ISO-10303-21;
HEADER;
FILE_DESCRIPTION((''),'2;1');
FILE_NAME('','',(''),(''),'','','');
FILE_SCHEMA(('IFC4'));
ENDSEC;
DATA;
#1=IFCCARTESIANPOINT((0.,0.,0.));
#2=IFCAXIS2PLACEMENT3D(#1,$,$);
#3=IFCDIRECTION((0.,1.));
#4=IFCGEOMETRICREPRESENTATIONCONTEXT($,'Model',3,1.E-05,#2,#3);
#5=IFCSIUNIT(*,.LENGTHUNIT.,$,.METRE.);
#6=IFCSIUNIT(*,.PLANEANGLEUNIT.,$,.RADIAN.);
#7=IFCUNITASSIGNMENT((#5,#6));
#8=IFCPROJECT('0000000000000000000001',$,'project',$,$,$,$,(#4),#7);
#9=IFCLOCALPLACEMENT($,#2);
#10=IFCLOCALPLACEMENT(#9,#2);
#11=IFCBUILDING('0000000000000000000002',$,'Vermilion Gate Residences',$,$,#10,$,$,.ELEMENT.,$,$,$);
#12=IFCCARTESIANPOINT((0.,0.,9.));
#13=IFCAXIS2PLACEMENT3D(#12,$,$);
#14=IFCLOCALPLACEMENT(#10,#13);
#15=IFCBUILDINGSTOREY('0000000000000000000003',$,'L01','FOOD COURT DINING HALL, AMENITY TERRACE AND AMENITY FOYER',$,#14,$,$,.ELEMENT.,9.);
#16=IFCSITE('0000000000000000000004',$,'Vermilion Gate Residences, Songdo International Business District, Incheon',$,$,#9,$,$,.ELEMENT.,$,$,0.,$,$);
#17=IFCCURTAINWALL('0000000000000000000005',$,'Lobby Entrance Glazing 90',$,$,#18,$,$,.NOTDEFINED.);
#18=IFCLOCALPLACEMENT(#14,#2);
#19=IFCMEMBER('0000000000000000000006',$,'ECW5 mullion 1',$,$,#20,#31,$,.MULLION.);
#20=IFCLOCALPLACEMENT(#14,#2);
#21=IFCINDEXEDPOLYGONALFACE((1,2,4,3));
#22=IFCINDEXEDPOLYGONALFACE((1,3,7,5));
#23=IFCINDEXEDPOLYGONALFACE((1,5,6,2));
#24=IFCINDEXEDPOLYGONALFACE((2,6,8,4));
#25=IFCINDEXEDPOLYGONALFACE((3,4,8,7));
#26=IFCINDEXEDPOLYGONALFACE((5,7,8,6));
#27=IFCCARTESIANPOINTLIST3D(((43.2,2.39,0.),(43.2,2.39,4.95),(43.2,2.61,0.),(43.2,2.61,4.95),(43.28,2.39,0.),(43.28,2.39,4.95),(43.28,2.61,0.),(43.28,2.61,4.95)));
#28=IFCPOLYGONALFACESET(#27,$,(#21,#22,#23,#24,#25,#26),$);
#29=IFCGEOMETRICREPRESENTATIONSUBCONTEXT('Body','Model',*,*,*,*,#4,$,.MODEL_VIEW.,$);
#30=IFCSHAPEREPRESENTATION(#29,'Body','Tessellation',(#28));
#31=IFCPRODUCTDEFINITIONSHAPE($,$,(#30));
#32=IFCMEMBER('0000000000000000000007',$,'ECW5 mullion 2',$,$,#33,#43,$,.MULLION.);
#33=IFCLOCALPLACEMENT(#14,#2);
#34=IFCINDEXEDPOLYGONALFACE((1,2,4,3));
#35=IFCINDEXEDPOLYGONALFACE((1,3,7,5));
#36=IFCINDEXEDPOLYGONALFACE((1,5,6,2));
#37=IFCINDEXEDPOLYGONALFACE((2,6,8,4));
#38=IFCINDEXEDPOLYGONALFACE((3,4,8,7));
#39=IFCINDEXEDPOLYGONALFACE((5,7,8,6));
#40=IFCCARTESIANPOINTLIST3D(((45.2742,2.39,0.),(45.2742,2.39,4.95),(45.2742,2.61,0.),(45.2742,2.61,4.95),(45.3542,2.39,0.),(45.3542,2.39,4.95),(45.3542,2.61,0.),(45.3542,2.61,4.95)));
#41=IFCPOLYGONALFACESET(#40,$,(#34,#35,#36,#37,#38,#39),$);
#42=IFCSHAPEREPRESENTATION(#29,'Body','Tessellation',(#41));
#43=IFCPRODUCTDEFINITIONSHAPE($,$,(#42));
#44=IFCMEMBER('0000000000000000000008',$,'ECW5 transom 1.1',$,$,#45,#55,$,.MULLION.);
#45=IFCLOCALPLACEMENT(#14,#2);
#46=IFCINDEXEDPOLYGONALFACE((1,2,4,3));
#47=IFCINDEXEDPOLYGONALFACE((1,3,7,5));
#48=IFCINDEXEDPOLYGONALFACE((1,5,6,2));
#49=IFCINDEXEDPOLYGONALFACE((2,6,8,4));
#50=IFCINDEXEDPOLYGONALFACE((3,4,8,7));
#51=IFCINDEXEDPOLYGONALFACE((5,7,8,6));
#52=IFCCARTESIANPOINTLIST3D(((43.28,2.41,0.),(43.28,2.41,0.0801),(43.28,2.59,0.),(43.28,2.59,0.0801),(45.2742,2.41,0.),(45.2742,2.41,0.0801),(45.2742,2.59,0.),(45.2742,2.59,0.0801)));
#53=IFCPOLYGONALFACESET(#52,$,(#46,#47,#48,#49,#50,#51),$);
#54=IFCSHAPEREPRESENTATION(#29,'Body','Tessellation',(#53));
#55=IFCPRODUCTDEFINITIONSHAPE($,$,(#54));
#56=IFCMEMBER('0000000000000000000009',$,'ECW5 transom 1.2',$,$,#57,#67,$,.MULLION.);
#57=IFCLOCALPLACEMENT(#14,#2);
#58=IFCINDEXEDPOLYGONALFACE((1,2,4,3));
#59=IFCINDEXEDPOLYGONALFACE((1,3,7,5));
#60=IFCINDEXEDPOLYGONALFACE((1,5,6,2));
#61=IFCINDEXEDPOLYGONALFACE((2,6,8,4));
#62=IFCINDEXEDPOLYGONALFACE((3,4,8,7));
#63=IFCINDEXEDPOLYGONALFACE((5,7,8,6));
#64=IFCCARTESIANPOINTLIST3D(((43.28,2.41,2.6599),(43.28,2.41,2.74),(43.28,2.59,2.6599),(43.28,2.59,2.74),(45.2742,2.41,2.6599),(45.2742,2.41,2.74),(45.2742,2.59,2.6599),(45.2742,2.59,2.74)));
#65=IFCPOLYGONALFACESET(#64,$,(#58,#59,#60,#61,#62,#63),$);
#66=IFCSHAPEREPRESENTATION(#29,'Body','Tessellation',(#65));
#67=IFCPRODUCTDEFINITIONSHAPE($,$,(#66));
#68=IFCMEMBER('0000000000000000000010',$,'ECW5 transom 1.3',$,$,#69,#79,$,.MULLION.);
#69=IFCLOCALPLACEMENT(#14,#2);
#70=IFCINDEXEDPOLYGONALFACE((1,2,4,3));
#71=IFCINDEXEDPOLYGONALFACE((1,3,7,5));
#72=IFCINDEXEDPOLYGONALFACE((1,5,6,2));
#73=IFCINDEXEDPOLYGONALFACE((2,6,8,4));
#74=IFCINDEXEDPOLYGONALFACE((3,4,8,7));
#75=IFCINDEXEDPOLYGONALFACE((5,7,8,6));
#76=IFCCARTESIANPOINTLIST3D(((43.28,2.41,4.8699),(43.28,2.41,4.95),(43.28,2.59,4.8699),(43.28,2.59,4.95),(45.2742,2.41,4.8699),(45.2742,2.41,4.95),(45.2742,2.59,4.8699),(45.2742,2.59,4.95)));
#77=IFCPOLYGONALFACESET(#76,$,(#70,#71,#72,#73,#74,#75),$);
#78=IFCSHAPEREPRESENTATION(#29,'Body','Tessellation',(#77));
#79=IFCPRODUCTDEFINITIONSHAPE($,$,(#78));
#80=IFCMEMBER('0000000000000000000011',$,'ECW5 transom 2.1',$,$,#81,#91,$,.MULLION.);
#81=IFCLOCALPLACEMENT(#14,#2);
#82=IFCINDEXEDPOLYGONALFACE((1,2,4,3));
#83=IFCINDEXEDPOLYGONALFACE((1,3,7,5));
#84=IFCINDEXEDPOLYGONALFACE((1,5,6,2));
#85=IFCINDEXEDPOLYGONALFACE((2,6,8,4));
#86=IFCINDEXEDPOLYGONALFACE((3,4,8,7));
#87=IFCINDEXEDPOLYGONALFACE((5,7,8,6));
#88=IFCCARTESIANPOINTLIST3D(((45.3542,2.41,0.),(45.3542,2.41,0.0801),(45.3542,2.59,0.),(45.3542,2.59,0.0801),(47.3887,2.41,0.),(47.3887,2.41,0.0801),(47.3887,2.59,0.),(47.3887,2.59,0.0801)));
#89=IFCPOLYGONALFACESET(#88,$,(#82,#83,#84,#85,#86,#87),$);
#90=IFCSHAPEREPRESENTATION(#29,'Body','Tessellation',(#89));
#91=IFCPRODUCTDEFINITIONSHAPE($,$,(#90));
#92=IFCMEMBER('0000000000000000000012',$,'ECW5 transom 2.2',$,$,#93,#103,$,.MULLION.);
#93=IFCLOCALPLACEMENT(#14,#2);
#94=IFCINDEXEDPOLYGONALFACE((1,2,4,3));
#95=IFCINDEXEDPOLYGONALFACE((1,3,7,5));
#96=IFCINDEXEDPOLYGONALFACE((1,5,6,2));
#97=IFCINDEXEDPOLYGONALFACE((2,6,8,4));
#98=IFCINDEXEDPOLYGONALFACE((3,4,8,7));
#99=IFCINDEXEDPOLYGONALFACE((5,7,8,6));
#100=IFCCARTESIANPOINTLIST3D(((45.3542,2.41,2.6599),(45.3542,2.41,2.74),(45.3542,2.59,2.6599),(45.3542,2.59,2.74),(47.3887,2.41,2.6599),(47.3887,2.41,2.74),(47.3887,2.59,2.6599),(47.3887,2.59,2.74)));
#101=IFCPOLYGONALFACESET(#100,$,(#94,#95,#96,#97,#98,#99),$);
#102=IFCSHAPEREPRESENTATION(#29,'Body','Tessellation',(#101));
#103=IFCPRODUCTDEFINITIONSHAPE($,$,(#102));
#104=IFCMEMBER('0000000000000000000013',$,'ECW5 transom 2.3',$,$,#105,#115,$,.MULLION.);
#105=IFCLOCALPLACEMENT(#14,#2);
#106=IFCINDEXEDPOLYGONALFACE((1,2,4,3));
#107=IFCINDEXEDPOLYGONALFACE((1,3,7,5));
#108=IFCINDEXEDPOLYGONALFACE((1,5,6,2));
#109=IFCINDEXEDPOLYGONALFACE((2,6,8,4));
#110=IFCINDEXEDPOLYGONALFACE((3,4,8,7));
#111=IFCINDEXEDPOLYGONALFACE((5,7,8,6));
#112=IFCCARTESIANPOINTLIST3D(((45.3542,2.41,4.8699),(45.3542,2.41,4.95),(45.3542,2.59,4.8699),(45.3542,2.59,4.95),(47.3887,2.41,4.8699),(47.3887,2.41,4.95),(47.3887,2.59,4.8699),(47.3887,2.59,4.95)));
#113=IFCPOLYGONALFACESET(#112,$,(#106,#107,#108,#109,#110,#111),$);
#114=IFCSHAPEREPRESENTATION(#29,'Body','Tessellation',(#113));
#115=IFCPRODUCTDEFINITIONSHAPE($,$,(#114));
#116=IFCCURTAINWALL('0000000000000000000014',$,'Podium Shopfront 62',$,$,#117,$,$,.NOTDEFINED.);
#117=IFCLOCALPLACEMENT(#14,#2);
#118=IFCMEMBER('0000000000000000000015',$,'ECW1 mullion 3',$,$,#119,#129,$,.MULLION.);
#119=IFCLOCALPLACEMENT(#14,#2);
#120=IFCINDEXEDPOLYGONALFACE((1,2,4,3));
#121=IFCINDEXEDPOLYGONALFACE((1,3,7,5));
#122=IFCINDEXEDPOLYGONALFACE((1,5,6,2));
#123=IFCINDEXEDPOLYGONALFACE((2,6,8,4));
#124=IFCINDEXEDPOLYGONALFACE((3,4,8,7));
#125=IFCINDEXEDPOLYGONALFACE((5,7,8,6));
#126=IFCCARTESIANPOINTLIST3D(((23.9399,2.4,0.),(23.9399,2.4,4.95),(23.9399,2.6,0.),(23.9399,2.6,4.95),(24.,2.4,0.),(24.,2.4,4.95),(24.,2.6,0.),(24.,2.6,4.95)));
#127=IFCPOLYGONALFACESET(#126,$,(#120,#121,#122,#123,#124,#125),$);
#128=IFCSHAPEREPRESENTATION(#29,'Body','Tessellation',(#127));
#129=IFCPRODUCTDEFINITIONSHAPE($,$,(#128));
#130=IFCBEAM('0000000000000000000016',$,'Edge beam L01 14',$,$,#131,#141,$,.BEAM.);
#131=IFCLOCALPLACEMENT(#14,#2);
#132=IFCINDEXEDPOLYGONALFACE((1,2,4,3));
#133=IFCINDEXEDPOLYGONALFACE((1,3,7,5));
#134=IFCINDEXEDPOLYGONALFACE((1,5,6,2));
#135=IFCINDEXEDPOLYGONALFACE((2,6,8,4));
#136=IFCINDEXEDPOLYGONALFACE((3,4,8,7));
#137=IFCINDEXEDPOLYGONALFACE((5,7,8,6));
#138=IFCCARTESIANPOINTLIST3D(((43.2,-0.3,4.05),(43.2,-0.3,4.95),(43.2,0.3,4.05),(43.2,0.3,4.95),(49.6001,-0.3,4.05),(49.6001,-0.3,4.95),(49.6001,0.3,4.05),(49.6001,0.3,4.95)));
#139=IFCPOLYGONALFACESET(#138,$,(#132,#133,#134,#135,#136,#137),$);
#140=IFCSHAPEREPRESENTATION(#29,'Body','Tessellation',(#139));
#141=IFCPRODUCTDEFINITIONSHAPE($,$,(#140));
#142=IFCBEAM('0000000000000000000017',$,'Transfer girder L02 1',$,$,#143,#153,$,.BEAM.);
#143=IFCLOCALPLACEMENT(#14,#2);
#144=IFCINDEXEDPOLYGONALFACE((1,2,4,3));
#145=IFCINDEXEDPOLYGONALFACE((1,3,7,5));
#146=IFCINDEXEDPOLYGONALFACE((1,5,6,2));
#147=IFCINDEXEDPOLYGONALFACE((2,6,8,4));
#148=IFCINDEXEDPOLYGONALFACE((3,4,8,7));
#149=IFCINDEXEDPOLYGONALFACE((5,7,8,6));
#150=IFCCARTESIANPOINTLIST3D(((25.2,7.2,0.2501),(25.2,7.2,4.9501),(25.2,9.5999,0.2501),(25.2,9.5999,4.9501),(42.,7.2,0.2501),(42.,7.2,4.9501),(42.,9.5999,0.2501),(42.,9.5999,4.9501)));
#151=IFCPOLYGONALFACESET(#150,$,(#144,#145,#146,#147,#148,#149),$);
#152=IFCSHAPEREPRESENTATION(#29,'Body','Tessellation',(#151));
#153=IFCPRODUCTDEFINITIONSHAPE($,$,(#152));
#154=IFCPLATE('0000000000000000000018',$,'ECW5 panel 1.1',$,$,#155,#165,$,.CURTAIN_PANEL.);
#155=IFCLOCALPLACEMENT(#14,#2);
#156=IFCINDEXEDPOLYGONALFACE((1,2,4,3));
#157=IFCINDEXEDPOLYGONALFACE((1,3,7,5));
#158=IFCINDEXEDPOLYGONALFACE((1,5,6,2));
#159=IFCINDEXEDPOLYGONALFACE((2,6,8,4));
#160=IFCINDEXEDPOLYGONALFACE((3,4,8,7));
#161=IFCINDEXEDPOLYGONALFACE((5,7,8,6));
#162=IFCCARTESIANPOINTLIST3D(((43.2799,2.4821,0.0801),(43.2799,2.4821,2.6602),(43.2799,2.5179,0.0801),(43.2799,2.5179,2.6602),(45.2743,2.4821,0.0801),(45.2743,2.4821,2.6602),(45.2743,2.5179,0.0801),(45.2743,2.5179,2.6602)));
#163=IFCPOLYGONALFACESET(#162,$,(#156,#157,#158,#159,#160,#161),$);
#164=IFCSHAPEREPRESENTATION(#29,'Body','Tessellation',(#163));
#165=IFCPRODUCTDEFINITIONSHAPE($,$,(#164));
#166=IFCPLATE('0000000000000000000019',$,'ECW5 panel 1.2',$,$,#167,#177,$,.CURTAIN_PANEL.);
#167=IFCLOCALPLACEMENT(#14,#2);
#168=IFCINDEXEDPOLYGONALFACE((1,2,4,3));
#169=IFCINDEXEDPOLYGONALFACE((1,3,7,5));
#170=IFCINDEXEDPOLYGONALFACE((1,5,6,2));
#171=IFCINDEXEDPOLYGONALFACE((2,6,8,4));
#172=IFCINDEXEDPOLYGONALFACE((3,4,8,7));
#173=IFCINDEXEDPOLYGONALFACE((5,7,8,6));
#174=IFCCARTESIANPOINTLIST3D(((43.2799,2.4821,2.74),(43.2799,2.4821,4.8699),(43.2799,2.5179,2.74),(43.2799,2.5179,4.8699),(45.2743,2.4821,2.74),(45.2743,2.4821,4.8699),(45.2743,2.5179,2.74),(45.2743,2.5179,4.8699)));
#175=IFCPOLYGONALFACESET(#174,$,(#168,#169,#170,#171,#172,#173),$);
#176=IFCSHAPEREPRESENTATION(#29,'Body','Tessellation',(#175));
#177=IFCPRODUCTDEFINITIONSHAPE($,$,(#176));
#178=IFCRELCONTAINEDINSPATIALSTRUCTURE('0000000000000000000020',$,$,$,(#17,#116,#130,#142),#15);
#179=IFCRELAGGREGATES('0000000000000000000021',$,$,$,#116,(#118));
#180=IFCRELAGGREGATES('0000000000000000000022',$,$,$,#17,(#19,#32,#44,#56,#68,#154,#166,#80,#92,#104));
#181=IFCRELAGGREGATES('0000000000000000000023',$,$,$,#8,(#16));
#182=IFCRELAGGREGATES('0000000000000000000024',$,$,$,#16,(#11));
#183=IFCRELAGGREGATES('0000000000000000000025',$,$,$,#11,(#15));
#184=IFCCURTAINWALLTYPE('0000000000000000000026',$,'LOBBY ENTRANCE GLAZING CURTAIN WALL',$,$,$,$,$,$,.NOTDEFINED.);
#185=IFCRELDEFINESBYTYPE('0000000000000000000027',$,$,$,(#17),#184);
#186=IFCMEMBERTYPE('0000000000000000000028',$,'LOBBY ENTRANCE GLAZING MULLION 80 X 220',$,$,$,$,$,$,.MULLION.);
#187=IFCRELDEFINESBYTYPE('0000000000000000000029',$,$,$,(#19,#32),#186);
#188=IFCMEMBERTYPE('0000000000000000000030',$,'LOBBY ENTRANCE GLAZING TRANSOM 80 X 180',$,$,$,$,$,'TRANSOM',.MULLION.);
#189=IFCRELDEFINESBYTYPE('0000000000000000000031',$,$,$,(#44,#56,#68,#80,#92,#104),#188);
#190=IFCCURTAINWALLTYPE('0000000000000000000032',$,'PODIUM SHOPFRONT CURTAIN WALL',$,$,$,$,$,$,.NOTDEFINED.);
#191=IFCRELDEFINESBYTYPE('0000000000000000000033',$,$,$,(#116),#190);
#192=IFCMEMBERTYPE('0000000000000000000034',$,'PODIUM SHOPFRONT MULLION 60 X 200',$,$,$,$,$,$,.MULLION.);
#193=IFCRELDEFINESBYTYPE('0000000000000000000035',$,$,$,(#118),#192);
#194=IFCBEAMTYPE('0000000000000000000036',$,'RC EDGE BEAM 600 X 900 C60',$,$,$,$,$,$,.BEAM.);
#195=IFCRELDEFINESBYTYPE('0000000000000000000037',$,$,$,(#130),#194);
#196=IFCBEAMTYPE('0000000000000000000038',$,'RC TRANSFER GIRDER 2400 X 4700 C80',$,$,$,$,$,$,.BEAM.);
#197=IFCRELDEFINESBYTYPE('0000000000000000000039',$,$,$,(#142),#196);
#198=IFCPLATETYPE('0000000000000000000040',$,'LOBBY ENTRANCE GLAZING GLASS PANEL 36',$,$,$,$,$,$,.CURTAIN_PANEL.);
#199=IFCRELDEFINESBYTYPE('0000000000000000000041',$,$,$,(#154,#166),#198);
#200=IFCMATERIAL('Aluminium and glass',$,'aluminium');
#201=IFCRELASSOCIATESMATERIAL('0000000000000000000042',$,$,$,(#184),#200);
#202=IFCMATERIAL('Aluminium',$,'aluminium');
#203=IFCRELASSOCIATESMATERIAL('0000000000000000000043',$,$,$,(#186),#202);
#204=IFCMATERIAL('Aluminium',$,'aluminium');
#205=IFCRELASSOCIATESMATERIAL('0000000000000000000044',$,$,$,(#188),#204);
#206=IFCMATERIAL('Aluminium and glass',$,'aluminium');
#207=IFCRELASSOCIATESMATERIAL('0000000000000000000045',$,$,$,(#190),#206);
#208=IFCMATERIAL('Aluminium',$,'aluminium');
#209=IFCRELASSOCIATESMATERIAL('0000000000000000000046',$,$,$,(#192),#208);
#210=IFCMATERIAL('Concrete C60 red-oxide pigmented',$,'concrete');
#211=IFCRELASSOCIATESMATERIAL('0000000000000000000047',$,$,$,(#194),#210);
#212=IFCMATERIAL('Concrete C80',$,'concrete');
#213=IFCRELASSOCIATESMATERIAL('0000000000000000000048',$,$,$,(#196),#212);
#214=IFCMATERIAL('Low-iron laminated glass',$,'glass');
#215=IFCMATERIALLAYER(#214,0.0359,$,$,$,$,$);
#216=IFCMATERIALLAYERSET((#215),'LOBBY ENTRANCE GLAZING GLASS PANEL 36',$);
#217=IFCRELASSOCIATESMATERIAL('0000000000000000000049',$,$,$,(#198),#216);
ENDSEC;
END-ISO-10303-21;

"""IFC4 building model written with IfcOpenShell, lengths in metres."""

from ifc_helpers import new_model, si_unit, direction, frame, origin, origin_2d, place, context, subcontext, project, spatial, rectangle, extrude, material, layer, layer_set, material_profile, profile_set, type_object, element, aggregate, save


model = new_model("IFC4")

# Units and contexts
model_context = context("Model", 3, precision=1e-05, world=origin(), true_north=direction((0.0, 1.0)))
body_context = subcontext(model_context, "Body", "Model", "MODEL_VIEW")
ifc_project = project(units=[si_unit("LENGTHUNIT", "METRE"), si_unit("PLANEANGLEUNIT", "RADIAN")], contexts=[model_context])

# Site, building, storey
site_placement = place(None, origin())
site = spatial("IfcSite", under=ifc_project, at=site_placement, Name="Vermilion Gate Residences, Songdo International Business District, Incheon", CompositionType="ELEMENT", RefElevation=0.0)
building_placement = place(site_placement, origin())
building = spatial("IfcBuilding", under=site, at=building_placement, Name="Vermilion Gate Residences", CompositionType="ELEMENT")
storey_placement = place(building_placement, frame((0.0, 0.0, 9.0)))
storey = spatial("IfcBuildingStorey", under=building, at=storey_placement, Name="L01", Description="FOOD COURT DINING HALL, AMENITY TERRACE AND AMENITY FOYER", CompositionType="ELEMENT", Elevation=9.0)

# Curtain wall, members
ifc_material_1 = material(Name="Aluminium and glass", Category="aluminium")
curtain_wall_type_1 = type_object("IfcCurtainWallType", Name="LOBBY ENTRANCE GLAZING CURTAIN WALL", PredefinedType="NOTDEFINED", material=ifc_material_1)
curtain_wall_1_placement = place(storey_placement, origin())
curtain_wall_1 = element("IfcCurtainWall", 1, at=curtain_wall_1_placement, inside=storey, type_object=curtain_wall_type_1, Name="Lobby Entrance Glazing 90", PredefinedType="NOTDEFINED")
ifc_material_2 = material(Name="Aluminium", Category="aluminium")
ifc_material_profile_1 = material_profile(ifc_material_2, rectangle(XDim=0.22, YDim=0.0801, at=origin_2d()), Name="MULLION 80 X 220")
ifc_profile_set_1 = profile_set([ifc_material_profile_1], Name="Aluminium")
member_type_1 = type_object("IfcMemberType", Name="LOBBY ENTRANCE GLAZING MULLION 80 X 220", PredefinedType="MULLION", material=ifc_profile_set_1)
member_1_placement = place(storey_placement, frame((43.24, 2.5, 0.0), z_axis=(0.0, 0.0, 1.0), x_axis=(0.0, 1.0, 0.0)))
member_1 = element("IfcMember", 2, at=member_1_placement, type_object=member_type_1, Name="ECW5 mullion 1", PredefinedType="MULLION", context=body_context, shape_type="SweptSolid", body=[
    extrude(rectangle(XDim=0.22, YDim=0.0801, at=origin_2d()), origin(), (0.0, 0.0, 1.0), 4.95),
])
member_2_placement = place(storey_placement, frame((45.3142, 2.5, 0.0), z_axis=(0.0, 0.0, 1.0), x_axis=(0.0, 1.0, 0.0)))
member_2 = element("IfcMember", 3, at=member_2_placement, type_object=member_type_1, Name="ECW5 mullion 2", PredefinedType="MULLION", context=body_context, shape_type="SweptSolid", body=[
    extrude(rectangle(XDim=0.22, YDim=0.0801, at=origin_2d()), origin(), (0.0, 0.0, 1.0), 4.95),
])
ifc_material_3 = material(Name="Aluminium", Category="aluminium")
ifc_material_profile_2 = material_profile(ifc_material_3, rectangle(XDim=0.1799, YDim=0.0801, at=origin_2d()), Name="TRANSOM 80 X 180")
ifc_profile_set_2 = profile_set([ifc_material_profile_2], Name="Aluminium")
member_type_2 = type_object("IfcMemberType", Name="LOBBY ENTRANCE GLAZING TRANSOM 80 X 180", ElementType="TRANSOM", PredefinedType="MULLION", material=ifc_profile_set_2)
member_3_placement = place(storey_placement, frame((43.28, 2.5, 0.04), z_axis=(1.0, 0.0, 0.0), x_axis=(0.0, 1.0, 0.0)))
member_3 = element("IfcMember", 4, at=member_3_placement, type_object=member_type_2, Name="ECW5 transom 1.1", PredefinedType="MULLION", context=body_context, shape_type="SweptSolid", body=[
    extrude(rectangle(XDim=0.1799, YDim=0.0801, at=origin_2d()), origin(), (0.0, 0.0, 1.0), 1.9941),
])
member_4_placement = place(storey_placement, frame((43.28, 2.5, 2.7), z_axis=(1.0, 0.0, 0.0), x_axis=(0.0, 1.0, 0.0)))
member_4 = element("IfcMember", 5, at=member_4_placement, type_object=member_type_2, Name="ECW5 transom 1.2", PredefinedType="MULLION", context=body_context, shape_type="SweptSolid", body=[
    extrude(rectangle(XDim=0.1799, YDim=0.0801, at=origin_2d()), origin(), (0.0, 0.0, 1.0), 1.9941),
])
member_5_placement = place(storey_placement, frame((43.28, 2.5, 4.9099), z_axis=(1.0, 0.0, 0.0), x_axis=(0.0, 1.0, 0.0)))
member_5 = element("IfcMember", 6, at=member_5_placement, type_object=member_type_2, Name="ECW5 transom 1.3", PredefinedType="MULLION", context=body_context, shape_type="SweptSolid", body=[
    extrude(rectangle(XDim=0.1799, YDim=0.0801, at=origin_2d()), origin(), (0.0, 0.0, 1.0), 1.9941),
])
member_6_placement = place(storey_placement, frame((45.3542, 2.5, 0.04), z_axis=(1.0, 0.0, 0.0), x_axis=(0.0, 1.0, 0.0)))
member_6 = element("IfcMember", 7, at=member_6_placement, type_object=member_type_2, Name="ECW5 transom 2.1", PredefinedType="MULLION", context=body_context, shape_type="SweptSolid", body=[
    extrude(rectangle(XDim=0.1799, YDim=0.0801, at=origin_2d()), origin(), (0.0, 0.0, 1.0), 2.0344),
])
member_7_placement = place(storey_placement, frame((45.3542, 2.5, 2.7), z_axis=(1.0, 0.0, 0.0), x_axis=(0.0, 1.0, 0.0)))
member_7 = element("IfcMember", 8, at=member_7_placement, type_object=member_type_2, Name="ECW5 transom 2.2", PredefinedType="MULLION", context=body_context, shape_type="SweptSolid", body=[
    extrude(rectangle(XDim=0.1799, YDim=0.0801, at=origin_2d()), origin(), (0.0, 0.0, 1.0), 2.0344),
])
member_8_placement = place(storey_placement, frame((45.3542, 2.5, 4.9099), z_axis=(1.0, 0.0, 0.0), x_axis=(0.0, 1.0, 0.0)))
member_8 = element("IfcMember", 9, at=member_8_placement, type_object=member_type_2, Name="ECW5 transom 2.3", PredefinedType="MULLION", context=body_context, shape_type="SweptSolid", body=[
    extrude(rectangle(XDim=0.1799, YDim=0.0801, at=origin_2d()), origin(), (0.0, 0.0, 1.0), 2.0344),
])

# Curtain wall, member
ifc_material_4 = material(Name="Aluminium and glass", Category="aluminium")
curtain_wall_type_2 = type_object("IfcCurtainWallType", Name="PODIUM SHOPFRONT CURTAIN WALL", PredefinedType="NOTDEFINED", material=ifc_material_4)
curtain_wall_2_placement = place(storey_placement, origin())
curtain_wall_2 = element("IfcCurtainWall", 10, at=curtain_wall_2_placement, inside=storey, type_object=curtain_wall_type_2, Name="Podium Shopfront 62", PredefinedType="NOTDEFINED")
ifc_material_5 = material(Name="Aluminium", Category="aluminium")
ifc_material_profile_3 = material_profile(ifc_material_5, rectangle(XDim=0.2, YDim=0.0601, at=origin_2d()), Name="MULLION 60 X 200")
ifc_profile_set_3 = profile_set([ifc_material_profile_3], Name="Aluminium")
member_type_3 = type_object("IfcMemberType", Name="PODIUM SHOPFRONT MULLION 60 X 200", PredefinedType="MULLION", material=ifc_profile_set_3)
member_9_placement = place(storey_placement, frame((23.97, 2.5, 0.0), z_axis=(0.0, 0.0, 1.0), x_axis=(0.0, 1.0, 0.0)))
member_9 = element("IfcMember", 11, at=member_9_placement, type_object=member_type_3, Name="ECW1 mullion 3", PredefinedType="MULLION", context=body_context, shape_type="SweptSolid", body=[
    extrude(rectangle(XDim=0.2, YDim=0.0601, at=origin_2d()), origin(), (0.0, 0.0, 1.0), 4.95),
])
aggregate(curtain_wall_2, [member_9])

# Beams
ifc_material_6 = material(Name="Concrete C60 red-oxide pigmented", Category="concrete")
ifc_material_profile_4 = material_profile(ifc_material_6, rectangle(XDim=0.6001, YDim=0.8999, at=origin_2d()), Name="RC-600x900")
ifc_profile_set_4 = profile_set([ifc_material_profile_4], Name="Concrete C60 red-oxide pigmented")
beam_type_1 = type_object("IfcBeamType", Name="RC EDGE BEAM 600 X 900 C60", PredefinedType="BEAM", material=ifc_profile_set_4)
beam_1_placement = place(storey_placement, frame((43.2, 0.0, 4.5), z_axis=(1.0, 0.0, 0.0), x_axis=(0.0, 1.0, 0.0)))
element("IfcBeam", 12, at=beam_1_placement, inside=storey, type_object=beam_type_1, Name="Edge beam L01 14", PredefinedType="BEAM", context=body_context, shape_type="SweptSolid", body=[
    extrude(rectangle(XDim=0.6001, YDim=0.8999, at=origin_2d()), origin(), (0.0, 0.0, 1.0), 6.4001),
])
ifc_material_7 = material(Name="Concrete C80", Category="concrete")
ifc_material_profile_5 = material_profile(ifc_material_7, rectangle(XDim=2.3999, YDim=4.7, at=origin_2d()), Name="RC-2400x4700")
ifc_profile_set_5 = profile_set([ifc_material_profile_5], Name="Concrete C80")
beam_type_2 = type_object("IfcBeamType", Name="RC TRANSFER GIRDER 2400 X 4700 C80", PredefinedType="BEAM", material=ifc_profile_set_5)
beam_2_placement = place(storey_placement, frame((25.2, 8.3999, 2.6001), z_axis=(1.0, 0.0, 0.0), x_axis=(0.0, 1.0, 0.0)))
element("IfcBeam", 13, at=beam_2_placement, inside=storey, type_object=beam_type_2, Name="Transfer girder L02 1", PredefinedType="BEAM", context=body_context, shape_type="SweptSolid", body=[
    extrude(rectangle(XDim=2.3999, YDim=4.7, at=origin_2d()), origin(), (0.0, 0.0, 1.0), 16.8),
])

# Plates
ifc_material_8 = material(Name="Low-iron laminated glass", Category="glass")
ifc_layer_1 = layer(ifc_material_8, 0.0359)
ifc_layer_set_1 = layer_set([ifc_layer_1], Name="LOBBY ENTRANCE GLAZING GLASS PANEL 36")
plate_type = type_object("IfcPlateType", Name="LOBBY ENTRANCE GLAZING GLASS PANEL 36", PredefinedType="CURTAIN_PANEL", material=ifc_layer_set_1)
plate_1_placement = place(storey_placement, frame((44.2771, 2.5, 0.0801), z_axis=(0.0, 0.0, 1.0), x_axis=(1.0, 0.0, 0.0)))
plate_1 = element("IfcPlate", 14, at=plate_1_placement, type_object=plate_type, Name="ECW5 panel 1.1", PredefinedType="CURTAIN_PANEL", context=body_context, shape_type="SweptSolid", body=[
    extrude(rectangle(XDim=1.9944, YDim=0.0359, at=origin_2d()), origin(), (0.0, 0.0, 1.0), 2.5801),
])
plate_2_placement = place(storey_placement, frame((44.2771, 2.5, 2.74), z_axis=(0.0, 0.0, 1.0), x_axis=(1.0, 0.0, 0.0)))
plate_2 = element("IfcPlate", 15, at=plate_2_placement, type_object=plate_type, Name="ECW5 panel 1.2", PredefinedType="CURTAIN_PANEL", context=body_context, shape_type="SweptSolid", body=[
    extrude(rectangle(XDim=1.9944, YDim=0.0359, at=origin_2d()), origin(), (0.0, 0.0, 1.0), 2.1299),
])
aggregate(curtain_wall_1, [member_1, member_2, member_3, member_4, member_5, plate_1, plate_2, member_6, member_7, member_8])

save(model, "model.ifc")
